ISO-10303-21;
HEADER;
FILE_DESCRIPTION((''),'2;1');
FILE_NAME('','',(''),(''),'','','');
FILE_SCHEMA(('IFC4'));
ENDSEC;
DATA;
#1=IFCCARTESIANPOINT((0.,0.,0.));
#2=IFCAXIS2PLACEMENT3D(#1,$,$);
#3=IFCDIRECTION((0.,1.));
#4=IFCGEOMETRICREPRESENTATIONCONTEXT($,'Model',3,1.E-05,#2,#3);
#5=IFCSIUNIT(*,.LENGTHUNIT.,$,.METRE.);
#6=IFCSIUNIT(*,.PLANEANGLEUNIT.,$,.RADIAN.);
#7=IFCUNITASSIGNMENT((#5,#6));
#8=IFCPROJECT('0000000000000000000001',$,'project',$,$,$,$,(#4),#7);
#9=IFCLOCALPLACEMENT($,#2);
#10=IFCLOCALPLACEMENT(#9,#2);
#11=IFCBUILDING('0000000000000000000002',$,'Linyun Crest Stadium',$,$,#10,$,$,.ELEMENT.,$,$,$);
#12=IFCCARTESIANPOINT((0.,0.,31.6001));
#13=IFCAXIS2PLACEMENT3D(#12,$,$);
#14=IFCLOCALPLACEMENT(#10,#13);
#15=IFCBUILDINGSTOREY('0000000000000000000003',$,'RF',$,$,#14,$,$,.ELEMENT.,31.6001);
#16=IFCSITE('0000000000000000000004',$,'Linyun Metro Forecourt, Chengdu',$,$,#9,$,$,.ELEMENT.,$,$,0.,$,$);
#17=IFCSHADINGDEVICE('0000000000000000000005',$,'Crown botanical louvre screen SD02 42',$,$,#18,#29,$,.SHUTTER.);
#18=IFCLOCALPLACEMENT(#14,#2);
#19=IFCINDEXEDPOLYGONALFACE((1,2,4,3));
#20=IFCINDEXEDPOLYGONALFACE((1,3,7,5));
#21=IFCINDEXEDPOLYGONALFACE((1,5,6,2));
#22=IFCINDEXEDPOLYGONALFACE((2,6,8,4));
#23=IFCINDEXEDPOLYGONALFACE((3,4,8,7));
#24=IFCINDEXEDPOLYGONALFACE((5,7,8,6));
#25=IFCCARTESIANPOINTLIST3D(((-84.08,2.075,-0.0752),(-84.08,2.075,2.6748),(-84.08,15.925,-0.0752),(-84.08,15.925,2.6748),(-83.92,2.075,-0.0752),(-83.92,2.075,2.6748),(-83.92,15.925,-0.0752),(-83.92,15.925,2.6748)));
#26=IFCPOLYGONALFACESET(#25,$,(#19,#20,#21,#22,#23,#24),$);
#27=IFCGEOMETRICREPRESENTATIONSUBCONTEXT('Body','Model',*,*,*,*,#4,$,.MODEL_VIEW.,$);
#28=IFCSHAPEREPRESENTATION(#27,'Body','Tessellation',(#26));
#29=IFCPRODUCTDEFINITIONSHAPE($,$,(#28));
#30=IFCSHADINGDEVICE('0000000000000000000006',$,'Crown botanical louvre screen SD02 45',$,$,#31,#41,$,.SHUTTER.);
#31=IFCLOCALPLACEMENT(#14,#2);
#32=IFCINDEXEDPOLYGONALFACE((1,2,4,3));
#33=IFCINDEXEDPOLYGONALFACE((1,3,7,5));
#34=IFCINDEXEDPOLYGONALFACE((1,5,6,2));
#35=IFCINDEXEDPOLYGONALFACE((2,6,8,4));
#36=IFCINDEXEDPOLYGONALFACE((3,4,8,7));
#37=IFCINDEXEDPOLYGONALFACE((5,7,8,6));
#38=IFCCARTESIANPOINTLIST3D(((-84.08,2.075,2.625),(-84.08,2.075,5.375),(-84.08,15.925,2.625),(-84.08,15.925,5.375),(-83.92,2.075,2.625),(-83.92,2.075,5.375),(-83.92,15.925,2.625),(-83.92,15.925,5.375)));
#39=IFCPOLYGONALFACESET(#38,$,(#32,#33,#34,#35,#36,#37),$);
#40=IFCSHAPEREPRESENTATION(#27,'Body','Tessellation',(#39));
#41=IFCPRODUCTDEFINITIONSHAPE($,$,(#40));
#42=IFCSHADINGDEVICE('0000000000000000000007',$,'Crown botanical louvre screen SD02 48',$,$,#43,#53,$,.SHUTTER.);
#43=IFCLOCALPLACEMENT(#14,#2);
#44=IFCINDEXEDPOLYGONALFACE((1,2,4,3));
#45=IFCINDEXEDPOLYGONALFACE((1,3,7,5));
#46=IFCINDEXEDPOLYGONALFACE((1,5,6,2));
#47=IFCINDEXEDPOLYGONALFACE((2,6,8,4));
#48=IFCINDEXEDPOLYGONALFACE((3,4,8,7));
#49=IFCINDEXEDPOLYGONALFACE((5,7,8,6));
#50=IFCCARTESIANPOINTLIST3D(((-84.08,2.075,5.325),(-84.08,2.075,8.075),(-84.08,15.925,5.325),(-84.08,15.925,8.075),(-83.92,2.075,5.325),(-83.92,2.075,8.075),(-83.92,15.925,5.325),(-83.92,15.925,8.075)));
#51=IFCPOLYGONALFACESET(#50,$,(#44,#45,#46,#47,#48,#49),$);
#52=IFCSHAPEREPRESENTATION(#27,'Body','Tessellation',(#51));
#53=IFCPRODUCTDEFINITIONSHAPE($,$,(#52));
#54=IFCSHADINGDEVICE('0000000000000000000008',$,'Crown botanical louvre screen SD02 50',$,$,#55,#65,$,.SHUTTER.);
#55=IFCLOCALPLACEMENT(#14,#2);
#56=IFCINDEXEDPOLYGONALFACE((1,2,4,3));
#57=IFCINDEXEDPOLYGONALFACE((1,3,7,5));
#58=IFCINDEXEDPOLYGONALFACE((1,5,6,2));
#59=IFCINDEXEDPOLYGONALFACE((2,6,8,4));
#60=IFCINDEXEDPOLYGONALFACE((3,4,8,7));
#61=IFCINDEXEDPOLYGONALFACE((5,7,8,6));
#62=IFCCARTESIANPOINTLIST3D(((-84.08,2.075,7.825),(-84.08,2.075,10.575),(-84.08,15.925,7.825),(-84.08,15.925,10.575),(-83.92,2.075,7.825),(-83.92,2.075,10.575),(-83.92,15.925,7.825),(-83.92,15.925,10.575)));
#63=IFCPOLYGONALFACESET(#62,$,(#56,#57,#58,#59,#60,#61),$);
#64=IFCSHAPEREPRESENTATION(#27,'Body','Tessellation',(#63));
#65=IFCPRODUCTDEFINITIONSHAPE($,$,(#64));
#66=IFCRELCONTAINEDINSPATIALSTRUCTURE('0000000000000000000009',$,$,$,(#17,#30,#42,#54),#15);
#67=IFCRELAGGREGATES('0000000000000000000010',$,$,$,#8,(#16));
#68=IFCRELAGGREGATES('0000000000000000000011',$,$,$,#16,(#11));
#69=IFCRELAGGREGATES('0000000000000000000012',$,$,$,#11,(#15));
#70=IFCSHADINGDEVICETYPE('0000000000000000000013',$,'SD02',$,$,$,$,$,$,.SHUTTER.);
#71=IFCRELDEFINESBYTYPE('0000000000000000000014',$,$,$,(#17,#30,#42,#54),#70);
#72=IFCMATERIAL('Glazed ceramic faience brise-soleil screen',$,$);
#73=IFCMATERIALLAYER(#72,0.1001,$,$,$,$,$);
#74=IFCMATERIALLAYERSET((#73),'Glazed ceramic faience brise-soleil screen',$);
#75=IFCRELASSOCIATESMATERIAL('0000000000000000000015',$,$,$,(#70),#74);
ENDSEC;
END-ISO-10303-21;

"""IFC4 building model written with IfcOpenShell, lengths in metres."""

from ifc_helpers import new_model, si_unit, direction, frame, origin, origin_2d, place, context, subcontext, project, spatial, rectangle, extrude, material, layer, layer_set, type_object, element, save


model = new_model("IFC4")

# Units and contexts
model_context = context("Model", 3, precision=1e-05, world=origin(), true_north=direction((0.0, 1.0)))
body_context = subcontext(model_context, "Body", "Model", "MODEL_VIEW")
ifc_project = project(units=[si_unit("LENGTHUNIT", "METRE"), si_unit("PLANEANGLEUNIT", "RADIAN")], contexts=[model_context])

# Site, building, storey
site_placement = place(None, origin())
site = spatial("IfcSite", under=ifc_project, at=site_placement, Name="Linyun Metro Forecourt, Chengdu", CompositionType="ELEMENT", RefElevation=0.0)
building_placement = place(site_placement, origin())
building = spatial("IfcBuilding", under=site, at=building_placement, Name="Linyun Crest Stadium", CompositionType="ELEMENT")
storey_placement = place(building_placement, frame((0.0, 0.0, 31.6001)))
storey = spatial("IfcBuildingStorey", under=building, at=storey_placement, Name="RF", CompositionType="ELEMENT", Elevation=31.6001)

# Shading devices
ifc_material_1 = material(Name="Glazed ceramic faience brise-soleil screen")
ifc_layer_1 = layer(ifc_material_1, 0.1001)
ifc_layer_set_1 = layer_set([ifc_layer_1], Name="Glazed ceramic faience brise-soleil screen")
shading_device_type_1 = type_object("IfcShadingDeviceType", Name="SD02", PredefinedType="SHUTTER", material=ifc_layer_set_1)
for number, where, z_axis, x_axis, name in (
    (1, (-84.0, 9.0, -0.0752), (0.0, 0.0, 1.0), (1.0, 0.0, 0.0), "Crown botanical louvre screen SD02 42"),
    (2, (-84.0, 9.0, 2.625), (0.0, 0.0, 1.0), (1.0, 0.0, 0.0), "Crown botanical louvre screen SD02 45"),
    (3, (-84.0, 9.0, 5.325), (0.0, 0.0, 1.0), (1.0, 0.0, 0.0), "Crown botanical louvre screen SD02 48"),
    (4, (-84.0, 9.0, 7.825), (0.0, 0.0, 1.0), (1.0, 0.0, 0.0), "Crown botanical louvre screen SD02 50"),
):
    element("IfcShadingDevice", number, at=place(storey_placement, frame(where, z_axis=z_axis, x_axis=x_axis)), inside=storey, type_object=shading_device_type_1, Name=name, PredefinedType="SHUTTER", context=body_context, shape_type="SweptSolid", body=[
        extrude(rectangle(XDim=0.1599, YDim=13.8501, at=origin_2d()), origin(), (0.0, 0.0, 1.0), 2.75),
    ])

save(model, "model.ifc")
